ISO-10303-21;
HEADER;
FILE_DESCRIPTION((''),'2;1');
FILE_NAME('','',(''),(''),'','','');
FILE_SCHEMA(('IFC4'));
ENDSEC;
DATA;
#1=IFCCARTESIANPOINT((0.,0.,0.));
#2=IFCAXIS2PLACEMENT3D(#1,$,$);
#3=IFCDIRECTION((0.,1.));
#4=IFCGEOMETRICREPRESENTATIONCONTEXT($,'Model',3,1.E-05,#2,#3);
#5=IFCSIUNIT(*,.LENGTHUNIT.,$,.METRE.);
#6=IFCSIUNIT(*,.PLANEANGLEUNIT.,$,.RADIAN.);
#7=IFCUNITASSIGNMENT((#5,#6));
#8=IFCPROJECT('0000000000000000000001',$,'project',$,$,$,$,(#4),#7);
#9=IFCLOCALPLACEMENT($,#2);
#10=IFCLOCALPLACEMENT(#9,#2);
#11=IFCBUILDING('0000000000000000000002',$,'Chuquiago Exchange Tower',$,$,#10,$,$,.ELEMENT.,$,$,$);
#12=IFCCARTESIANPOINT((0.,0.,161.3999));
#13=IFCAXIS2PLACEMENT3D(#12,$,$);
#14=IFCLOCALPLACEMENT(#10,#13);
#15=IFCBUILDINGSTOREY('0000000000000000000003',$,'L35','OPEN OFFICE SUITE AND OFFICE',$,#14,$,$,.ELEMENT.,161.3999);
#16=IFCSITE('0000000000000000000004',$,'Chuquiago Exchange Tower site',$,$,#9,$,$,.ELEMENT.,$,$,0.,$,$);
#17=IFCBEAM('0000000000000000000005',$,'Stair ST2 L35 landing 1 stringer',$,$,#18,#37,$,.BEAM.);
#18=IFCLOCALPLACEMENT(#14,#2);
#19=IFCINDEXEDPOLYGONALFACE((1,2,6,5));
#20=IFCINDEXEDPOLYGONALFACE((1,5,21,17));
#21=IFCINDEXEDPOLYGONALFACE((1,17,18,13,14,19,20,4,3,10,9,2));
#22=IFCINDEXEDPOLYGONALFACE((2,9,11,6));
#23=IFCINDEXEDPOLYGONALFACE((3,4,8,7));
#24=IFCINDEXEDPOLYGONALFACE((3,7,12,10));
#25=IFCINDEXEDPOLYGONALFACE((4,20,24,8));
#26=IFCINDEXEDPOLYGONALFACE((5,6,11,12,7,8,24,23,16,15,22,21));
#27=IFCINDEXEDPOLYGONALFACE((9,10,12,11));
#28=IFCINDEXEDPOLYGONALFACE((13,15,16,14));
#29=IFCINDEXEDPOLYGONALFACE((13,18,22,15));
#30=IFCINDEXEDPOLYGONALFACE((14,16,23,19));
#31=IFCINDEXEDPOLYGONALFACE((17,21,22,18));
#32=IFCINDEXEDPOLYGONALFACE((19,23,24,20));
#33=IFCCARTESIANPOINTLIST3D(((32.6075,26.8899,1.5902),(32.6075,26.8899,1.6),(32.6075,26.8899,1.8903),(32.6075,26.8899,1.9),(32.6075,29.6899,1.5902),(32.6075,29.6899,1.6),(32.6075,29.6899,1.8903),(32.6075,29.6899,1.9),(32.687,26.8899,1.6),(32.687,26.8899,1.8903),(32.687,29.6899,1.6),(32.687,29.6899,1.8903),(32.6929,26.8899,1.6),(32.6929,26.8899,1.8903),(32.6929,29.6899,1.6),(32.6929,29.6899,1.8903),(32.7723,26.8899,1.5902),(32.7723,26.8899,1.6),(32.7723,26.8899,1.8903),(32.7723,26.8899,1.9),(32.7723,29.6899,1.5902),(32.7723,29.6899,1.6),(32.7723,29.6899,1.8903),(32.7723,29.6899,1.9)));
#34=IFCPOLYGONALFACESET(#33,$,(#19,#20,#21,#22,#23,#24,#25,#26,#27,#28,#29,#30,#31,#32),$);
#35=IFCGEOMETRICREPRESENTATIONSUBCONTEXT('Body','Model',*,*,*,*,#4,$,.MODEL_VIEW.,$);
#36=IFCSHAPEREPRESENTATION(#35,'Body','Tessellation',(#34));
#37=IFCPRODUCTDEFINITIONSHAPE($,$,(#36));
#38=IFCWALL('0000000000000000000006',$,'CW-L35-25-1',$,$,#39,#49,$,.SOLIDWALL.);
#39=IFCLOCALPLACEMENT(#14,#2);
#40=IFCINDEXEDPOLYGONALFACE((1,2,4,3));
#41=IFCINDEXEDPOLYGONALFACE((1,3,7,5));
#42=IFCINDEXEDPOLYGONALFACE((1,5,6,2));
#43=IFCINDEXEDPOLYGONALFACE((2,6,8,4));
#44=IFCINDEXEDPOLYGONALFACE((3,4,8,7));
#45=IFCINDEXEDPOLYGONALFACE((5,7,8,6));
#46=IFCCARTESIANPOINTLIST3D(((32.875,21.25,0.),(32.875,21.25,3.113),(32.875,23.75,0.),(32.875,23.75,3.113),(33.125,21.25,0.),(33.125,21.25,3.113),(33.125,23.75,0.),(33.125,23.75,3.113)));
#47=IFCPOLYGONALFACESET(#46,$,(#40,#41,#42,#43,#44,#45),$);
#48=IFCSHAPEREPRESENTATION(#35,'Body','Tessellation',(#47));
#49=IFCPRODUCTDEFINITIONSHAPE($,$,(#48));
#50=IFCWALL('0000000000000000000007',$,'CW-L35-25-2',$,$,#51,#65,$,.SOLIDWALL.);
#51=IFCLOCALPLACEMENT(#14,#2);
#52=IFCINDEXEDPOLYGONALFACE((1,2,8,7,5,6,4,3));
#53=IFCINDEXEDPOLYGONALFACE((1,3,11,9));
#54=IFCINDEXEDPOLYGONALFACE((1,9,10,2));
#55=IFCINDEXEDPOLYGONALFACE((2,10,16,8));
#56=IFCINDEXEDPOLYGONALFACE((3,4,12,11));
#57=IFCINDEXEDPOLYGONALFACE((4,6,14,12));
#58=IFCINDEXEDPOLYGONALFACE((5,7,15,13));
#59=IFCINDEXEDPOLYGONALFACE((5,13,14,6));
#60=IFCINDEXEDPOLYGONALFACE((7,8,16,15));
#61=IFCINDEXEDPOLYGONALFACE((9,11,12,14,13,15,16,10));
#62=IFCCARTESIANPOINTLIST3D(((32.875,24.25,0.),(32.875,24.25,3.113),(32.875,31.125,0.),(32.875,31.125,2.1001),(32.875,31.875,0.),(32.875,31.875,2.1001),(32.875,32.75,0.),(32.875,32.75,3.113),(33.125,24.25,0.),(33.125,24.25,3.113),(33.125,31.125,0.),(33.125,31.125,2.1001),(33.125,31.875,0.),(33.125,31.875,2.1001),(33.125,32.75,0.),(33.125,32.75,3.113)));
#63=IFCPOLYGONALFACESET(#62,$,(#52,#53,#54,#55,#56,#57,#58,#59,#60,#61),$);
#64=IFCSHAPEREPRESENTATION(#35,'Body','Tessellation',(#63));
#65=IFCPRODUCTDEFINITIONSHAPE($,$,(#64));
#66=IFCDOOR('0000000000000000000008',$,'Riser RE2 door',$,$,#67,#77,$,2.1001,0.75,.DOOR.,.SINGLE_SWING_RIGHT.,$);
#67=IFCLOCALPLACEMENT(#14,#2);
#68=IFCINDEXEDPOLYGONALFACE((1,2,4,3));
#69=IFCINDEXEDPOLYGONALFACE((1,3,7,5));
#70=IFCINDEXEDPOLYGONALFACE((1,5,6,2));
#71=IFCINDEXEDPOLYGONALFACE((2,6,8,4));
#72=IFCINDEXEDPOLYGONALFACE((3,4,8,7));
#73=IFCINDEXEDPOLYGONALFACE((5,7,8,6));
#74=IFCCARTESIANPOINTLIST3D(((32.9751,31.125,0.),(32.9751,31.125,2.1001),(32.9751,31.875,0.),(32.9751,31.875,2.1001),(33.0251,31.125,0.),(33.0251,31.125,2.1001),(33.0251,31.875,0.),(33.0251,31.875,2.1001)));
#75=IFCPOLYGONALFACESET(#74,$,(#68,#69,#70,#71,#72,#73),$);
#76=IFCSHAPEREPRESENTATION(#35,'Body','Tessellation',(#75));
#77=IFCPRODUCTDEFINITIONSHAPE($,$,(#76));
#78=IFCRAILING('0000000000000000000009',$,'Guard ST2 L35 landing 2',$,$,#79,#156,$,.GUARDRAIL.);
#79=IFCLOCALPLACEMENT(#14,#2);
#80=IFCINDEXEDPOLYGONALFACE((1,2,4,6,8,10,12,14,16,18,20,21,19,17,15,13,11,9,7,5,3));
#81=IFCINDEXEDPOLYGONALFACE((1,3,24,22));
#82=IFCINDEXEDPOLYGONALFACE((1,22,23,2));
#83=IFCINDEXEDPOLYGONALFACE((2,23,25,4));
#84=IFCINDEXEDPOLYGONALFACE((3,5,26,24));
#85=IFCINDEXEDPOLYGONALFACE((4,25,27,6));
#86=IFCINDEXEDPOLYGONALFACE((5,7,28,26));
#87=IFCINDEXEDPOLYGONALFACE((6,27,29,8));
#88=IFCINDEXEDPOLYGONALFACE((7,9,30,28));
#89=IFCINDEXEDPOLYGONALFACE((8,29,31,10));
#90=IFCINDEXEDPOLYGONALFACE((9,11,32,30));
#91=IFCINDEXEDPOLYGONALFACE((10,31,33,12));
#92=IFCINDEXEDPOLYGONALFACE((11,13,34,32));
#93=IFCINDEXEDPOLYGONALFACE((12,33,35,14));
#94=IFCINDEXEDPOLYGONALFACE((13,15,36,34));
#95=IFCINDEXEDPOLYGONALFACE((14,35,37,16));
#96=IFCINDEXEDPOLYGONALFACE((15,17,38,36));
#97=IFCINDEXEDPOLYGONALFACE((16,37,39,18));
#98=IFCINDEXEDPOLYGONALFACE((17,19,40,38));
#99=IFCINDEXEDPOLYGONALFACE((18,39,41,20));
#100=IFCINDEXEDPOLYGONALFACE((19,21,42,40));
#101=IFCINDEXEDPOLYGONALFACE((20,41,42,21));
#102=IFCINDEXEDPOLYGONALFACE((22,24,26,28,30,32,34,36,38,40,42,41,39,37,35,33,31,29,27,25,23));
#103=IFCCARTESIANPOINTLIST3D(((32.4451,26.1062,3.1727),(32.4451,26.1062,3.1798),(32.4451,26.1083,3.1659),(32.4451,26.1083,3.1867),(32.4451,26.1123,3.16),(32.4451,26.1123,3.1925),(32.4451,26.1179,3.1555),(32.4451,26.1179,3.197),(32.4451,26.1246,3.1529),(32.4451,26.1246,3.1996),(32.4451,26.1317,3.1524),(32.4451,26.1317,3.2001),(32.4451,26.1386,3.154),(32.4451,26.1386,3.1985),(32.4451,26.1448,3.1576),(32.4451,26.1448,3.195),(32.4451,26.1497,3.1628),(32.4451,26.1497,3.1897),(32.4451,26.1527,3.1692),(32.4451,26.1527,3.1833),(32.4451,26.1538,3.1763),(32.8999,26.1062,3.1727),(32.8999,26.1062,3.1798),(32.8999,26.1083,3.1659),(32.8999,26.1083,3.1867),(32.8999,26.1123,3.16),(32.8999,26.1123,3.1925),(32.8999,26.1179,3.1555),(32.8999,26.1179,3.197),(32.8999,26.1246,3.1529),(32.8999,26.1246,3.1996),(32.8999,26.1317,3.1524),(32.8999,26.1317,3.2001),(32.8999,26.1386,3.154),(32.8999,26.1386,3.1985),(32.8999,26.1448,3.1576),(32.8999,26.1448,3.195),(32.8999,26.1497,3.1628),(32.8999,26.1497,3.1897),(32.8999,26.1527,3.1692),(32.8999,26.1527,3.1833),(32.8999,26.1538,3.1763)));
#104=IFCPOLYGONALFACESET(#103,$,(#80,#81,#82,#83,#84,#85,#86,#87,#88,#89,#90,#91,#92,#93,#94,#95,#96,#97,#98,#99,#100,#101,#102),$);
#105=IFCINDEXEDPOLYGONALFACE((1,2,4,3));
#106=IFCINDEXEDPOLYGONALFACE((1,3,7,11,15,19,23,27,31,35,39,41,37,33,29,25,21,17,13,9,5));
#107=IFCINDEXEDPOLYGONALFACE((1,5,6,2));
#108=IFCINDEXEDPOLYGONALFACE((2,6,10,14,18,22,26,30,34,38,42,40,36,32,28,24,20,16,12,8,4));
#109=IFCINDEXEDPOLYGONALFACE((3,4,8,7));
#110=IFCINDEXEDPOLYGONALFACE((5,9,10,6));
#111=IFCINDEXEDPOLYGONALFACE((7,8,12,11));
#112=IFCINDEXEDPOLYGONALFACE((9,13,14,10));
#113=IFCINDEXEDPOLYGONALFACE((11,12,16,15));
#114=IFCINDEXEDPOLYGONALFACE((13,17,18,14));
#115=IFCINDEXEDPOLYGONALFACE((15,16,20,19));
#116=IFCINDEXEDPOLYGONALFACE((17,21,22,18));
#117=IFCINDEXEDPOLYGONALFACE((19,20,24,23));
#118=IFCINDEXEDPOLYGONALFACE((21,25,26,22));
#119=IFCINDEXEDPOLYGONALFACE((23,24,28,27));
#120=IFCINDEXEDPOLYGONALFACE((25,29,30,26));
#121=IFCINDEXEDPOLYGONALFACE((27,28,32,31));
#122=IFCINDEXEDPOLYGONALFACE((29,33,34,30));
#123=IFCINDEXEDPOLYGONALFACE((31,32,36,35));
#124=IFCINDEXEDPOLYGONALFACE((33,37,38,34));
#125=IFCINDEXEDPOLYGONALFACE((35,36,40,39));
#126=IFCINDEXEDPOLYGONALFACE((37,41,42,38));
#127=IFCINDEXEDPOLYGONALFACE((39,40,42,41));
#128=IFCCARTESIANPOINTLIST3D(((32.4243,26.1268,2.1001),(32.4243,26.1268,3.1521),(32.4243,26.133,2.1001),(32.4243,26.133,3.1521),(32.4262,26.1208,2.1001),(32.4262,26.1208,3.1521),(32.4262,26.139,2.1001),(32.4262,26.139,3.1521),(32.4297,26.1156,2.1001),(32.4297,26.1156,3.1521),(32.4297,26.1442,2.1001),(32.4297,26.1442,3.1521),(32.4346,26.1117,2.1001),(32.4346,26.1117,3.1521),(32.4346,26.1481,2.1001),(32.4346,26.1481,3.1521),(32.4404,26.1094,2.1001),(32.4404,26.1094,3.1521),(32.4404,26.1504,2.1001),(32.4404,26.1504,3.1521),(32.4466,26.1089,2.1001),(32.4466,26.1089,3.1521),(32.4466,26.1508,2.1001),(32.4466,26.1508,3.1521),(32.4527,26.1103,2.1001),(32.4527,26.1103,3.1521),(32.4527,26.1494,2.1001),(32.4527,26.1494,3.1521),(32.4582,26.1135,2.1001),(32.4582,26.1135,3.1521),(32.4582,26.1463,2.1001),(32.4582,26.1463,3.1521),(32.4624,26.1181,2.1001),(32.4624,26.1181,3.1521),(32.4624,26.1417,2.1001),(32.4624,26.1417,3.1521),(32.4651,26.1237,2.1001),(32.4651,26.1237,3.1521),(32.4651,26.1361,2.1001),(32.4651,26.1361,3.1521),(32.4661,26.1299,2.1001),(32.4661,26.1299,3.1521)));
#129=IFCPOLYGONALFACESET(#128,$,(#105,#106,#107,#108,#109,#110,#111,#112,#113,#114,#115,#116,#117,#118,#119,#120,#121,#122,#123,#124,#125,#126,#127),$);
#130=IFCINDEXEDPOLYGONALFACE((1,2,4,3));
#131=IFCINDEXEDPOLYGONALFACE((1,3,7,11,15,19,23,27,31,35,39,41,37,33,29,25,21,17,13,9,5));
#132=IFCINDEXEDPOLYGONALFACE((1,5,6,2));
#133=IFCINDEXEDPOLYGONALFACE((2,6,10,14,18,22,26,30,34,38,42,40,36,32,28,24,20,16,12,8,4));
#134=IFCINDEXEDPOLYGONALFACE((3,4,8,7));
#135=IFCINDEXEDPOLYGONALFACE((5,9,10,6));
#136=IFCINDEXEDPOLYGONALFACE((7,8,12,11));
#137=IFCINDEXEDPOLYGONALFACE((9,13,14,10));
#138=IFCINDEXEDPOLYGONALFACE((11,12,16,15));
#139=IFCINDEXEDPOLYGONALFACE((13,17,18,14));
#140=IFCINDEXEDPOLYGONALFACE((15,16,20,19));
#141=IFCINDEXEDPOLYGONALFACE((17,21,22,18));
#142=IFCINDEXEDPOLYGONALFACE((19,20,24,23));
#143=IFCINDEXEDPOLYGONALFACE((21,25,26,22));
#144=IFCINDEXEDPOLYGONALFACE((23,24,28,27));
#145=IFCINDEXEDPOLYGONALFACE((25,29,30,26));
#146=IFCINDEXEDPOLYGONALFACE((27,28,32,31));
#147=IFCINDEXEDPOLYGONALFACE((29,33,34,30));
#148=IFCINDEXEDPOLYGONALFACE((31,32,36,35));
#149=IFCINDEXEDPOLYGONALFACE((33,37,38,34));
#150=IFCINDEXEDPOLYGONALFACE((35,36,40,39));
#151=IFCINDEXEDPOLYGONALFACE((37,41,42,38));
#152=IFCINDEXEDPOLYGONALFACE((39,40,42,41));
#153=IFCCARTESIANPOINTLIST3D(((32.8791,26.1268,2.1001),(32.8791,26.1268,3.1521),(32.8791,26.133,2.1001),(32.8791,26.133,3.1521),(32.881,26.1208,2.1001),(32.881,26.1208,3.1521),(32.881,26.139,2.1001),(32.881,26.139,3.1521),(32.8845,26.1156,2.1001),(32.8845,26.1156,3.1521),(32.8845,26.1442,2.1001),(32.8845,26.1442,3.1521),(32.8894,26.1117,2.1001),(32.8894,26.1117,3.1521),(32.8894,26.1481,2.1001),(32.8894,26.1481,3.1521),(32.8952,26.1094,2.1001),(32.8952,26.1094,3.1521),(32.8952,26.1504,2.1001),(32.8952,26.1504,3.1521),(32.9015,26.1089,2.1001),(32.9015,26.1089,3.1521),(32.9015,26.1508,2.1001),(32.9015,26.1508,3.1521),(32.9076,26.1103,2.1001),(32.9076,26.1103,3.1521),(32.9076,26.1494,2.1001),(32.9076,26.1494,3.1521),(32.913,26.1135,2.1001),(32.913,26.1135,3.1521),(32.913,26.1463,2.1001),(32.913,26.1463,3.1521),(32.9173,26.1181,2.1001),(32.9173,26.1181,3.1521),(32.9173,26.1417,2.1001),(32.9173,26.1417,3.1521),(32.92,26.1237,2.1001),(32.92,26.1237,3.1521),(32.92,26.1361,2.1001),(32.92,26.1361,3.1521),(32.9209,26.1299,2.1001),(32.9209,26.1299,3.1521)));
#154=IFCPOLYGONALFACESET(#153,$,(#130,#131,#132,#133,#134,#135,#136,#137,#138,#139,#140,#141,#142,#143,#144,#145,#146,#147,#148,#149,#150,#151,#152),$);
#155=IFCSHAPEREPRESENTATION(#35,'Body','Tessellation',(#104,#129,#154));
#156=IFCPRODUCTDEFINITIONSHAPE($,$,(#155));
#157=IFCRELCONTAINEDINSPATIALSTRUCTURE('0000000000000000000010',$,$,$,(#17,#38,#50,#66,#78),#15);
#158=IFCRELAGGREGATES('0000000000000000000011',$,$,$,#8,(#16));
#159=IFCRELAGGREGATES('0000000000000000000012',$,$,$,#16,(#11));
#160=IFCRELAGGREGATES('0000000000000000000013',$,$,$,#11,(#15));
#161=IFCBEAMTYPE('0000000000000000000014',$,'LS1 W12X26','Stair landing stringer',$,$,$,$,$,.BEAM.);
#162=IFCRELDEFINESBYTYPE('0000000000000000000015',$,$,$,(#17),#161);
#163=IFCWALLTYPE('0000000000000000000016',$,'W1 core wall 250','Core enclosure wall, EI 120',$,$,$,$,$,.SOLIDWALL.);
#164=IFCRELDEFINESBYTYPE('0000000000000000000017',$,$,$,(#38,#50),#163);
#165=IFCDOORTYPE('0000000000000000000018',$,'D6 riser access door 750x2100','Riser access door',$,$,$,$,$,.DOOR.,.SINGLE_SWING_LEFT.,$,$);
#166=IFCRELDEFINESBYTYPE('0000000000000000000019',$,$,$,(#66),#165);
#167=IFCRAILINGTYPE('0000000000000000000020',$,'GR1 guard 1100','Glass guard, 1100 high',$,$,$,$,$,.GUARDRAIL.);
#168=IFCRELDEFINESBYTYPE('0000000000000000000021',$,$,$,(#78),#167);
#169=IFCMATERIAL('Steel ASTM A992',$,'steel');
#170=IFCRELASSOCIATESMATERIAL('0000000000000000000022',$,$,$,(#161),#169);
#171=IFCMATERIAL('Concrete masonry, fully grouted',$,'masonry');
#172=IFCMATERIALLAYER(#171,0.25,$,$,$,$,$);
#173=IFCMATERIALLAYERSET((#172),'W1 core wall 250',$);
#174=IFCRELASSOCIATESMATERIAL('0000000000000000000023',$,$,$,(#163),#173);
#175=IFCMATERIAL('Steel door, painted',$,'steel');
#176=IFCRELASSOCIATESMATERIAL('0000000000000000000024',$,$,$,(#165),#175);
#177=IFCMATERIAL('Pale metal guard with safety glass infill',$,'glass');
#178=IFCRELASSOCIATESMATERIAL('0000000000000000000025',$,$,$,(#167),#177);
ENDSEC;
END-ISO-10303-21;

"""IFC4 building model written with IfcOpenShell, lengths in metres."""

from ifc_helpers import new_model, si_unit, direction, frame, frame_2d, origin, origin_2d, place, context, subcontext, project, spatial, rectangle, circle, i_section, extrude, material, layer, layer_set, material_profile, profile_set, type_object, element, fill, save


model = new_model("IFC4")

# Units and contexts
model_context = context("Model", 3, precision=1e-05, world=origin(), true_north=direction((0.0, 1.0)))
body_context = subcontext(model_context, "Body", "Model", "MODEL_VIEW")
ifc_project = project(units=[si_unit("LENGTHUNIT", "METRE"), si_unit("PLANEANGLEUNIT", "RADIAN")], contexts=[model_context])

# Site, building, storey
site_placement = place(None, origin())
site = spatial("IfcSite", under=ifc_project, at=site_placement, Name="Chuquiago Exchange Tower site", CompositionType="ELEMENT", RefElevation=0.0)
building_placement = place(site_placement, origin())
building = spatial("IfcBuilding", under=site, at=building_placement, Name="Chuquiago Exchange Tower", CompositionType="ELEMENT")
storey_placement = place(building_placement, frame((0.0, 0.0, 161.3999)))
storey = spatial("IfcBuildingStorey", under=building, at=storey_placement, Name="L35", Description="OPEN OFFICE SUITE AND OFFICE", CompositionType="ELEMENT", Elevation=161.3999)

# Beam
ifc_material_1 = material(Name="Steel ASTM A992", Category="steel")
ifc_material_profile_1 = material_profile(ifc_material_1, i_section(OverallWidth=0.1648, OverallDepth=0.3098, WebThickness=0.0059, FlangeThickness=0.0098, at=origin_2d()), Name="W12X26")
ifc_profile_set_1 = profile_set([ifc_material_profile_1], Name="Steel ASTM A992")
beam_type_1 = type_object("IfcBeamType", Name="LS1 W12X26", Description="Stair landing stringer", PredefinedType="BEAM", material=ifc_profile_set_1)
beam_1_placement = place(storey_placement, frame((32.6899, 26.8899, 1.7451), z_axis=(0.0, 1.0, 0.0), x_axis=(-1.0, 0.0, 0.0)))
element("IfcBeam", 1, at=beam_1_placement, inside=storey, type_object=beam_type_1, Name="Stair ST2 L35 landing 1 stringer", PredefinedType="BEAM", context=body_context, shape_type="SweptSolid", body=[
    extrude(i_section(OverallWidth=0.1648, OverallDepth=0.3098, WebThickness=0.0059, FlangeThickness=0.0098, at=origin_2d()), origin(), (0.0, 0.0, 1.0), 2.8),
])

# Wall
ifc_material_2 = material(Name="Concrete masonry, fully grouted", Category="masonry")
ifc_layer_1 = layer(ifc_material_2, 0.25)
ifc_layer_set_1 = layer_set([ifc_layer_1], Name="W1 core wall 250")
wall_type_1 = type_object("IfcWallType", Name="W1 core wall 250", Description="Core enclosure wall, EI 120", PredefinedType="SOLIDWALL", material=ifc_layer_set_1)
wall_1_placement = place(storey_placement, frame((33.0, 21.25, 0.0), z_axis=(0.0, 0.0, 1.0), x_axis=(0.0, 1.0, 0.0)))
element("IfcWall", 2, at=wall_1_placement, inside=storey, type_object=wall_type_1, Name="CW-L35-25-1", PredefinedType="SOLIDWALL", context=body_context, shape_type="SweptSolid", body=[
    extrude(rectangle(XDim=2.5, YDim=0.25, at=frame_2d((1.25, 0.0))), origin(), (0.0, 0.0, 1.0), 3.113),
])

# Wall, opening, door
wall_2_placement = place(storey_placement, frame((33.0, 24.25, 0.0), z_axis=(0.0, 0.0, 1.0), x_axis=(0.0, 1.0, 0.0)))
wall_2 = element("IfcWall", 3, at=wall_2_placement, inside=storey, type_object=wall_type_1, Name="CW-L35-25-2", PredefinedType="SOLIDWALL", context=body_context, shape_type="SweptSolid", body=[
    extrude(rectangle(XDim=8.5, YDim=0.25, at=frame_2d((4.25, 0.0))), origin(), (0.0, 0.0, 1.0), 3.113),
])
opening_1_placement = place(wall_2_placement, frame((6.875, 0.0, 0.0)))
opening_1 = element("IfcOpeningElement", 4, at=opening_1_placement, cuts=wall_2, PredefinedType="OPENING", context=body_context, shape_type="SweptSolid", body=[
    extrude(rectangle(XDim=0.75, YDim=2.1001, at=frame_2d((0.375, 1.05))), frame((0.0, 0.135, 0.0), z_axis=(0.0, -1.0, 0.0), x_axis=(1.0, 0.0, 0.0)), (0.0, 0.0, 1.0), 0.27),
])
ifc_material_3 = material(Name="Steel door, painted", Category="steel")
door_type_1 = type_object("IfcDoorType", Name="D6 riser access door 750x2100", Description="Riser access door", OperationType="SINGLE_SWING_LEFT", PredefinedType="DOOR", material=ifc_material_3)
door_1_placement = place(opening_1_placement, origin())
door_1 = element("IfcDoor", 5, at=door_1_placement, inside=storey, type_object=door_type_1, Name="Riser RE2 door", OperationType="SINGLE_SWING_RIGHT", OverallHeight=2.1001, OverallWidth=0.75, PredefinedType="DOOR", context=body_context, shape_type="SweptSolid", body=[
    extrude(rectangle(XDim=0.75, YDim=2.1001, at=frame_2d((0.375, 1.05))), frame((0.0, 0.0249, 0.0), z_axis=(0.0, -1.0, 0.0), x_axis=(1.0, 0.0, 0.0)), (0.0, 0.0, 1.0), 0.05),
])
fill(opening_1, door_1)

# Railing
ifc_material_4 = material(Name="Pale metal guard with safety glass infill", Category="glass")
railing_type_1 = type_object("IfcRailingType", Name="GR1 guard 1100", Description="Glass guard, 1100 high", PredefinedType="GUARDRAIL", material=ifc_material_4)
railing_placement = place(storey_placement, frame((32.4451, 26.1299, 2.1001)))
element("IfcRailing", 6, at=railing_placement, inside=storey, type_object=railing_type_1, Name="Guard ST2 L35 landing 2", PredefinedType="GUARDRAIL", context=body_context, shape_type="SweptSolid", body=[
    extrude(circle(Radius=0.0239, at=origin_2d()), frame((0.0, 0.0, 1.0762), z_axis=(1.0, 0.0, 0.0), x_axis=(0.0, 1.0, 0.0)), (0.0, 0.0, 1.0), 0.4548),
    extrude(circle(Radius=0.021, at=origin_2d()), origin(), (0.0, 0.0, 1.0), 1.052),
    extrude(circle(Radius=0.021, at=origin_2d()), frame((0.4548, 0.0, 0.0)), (0.0, 0.0, 1.0), 1.052),
])

save(model, "model.ifc")
